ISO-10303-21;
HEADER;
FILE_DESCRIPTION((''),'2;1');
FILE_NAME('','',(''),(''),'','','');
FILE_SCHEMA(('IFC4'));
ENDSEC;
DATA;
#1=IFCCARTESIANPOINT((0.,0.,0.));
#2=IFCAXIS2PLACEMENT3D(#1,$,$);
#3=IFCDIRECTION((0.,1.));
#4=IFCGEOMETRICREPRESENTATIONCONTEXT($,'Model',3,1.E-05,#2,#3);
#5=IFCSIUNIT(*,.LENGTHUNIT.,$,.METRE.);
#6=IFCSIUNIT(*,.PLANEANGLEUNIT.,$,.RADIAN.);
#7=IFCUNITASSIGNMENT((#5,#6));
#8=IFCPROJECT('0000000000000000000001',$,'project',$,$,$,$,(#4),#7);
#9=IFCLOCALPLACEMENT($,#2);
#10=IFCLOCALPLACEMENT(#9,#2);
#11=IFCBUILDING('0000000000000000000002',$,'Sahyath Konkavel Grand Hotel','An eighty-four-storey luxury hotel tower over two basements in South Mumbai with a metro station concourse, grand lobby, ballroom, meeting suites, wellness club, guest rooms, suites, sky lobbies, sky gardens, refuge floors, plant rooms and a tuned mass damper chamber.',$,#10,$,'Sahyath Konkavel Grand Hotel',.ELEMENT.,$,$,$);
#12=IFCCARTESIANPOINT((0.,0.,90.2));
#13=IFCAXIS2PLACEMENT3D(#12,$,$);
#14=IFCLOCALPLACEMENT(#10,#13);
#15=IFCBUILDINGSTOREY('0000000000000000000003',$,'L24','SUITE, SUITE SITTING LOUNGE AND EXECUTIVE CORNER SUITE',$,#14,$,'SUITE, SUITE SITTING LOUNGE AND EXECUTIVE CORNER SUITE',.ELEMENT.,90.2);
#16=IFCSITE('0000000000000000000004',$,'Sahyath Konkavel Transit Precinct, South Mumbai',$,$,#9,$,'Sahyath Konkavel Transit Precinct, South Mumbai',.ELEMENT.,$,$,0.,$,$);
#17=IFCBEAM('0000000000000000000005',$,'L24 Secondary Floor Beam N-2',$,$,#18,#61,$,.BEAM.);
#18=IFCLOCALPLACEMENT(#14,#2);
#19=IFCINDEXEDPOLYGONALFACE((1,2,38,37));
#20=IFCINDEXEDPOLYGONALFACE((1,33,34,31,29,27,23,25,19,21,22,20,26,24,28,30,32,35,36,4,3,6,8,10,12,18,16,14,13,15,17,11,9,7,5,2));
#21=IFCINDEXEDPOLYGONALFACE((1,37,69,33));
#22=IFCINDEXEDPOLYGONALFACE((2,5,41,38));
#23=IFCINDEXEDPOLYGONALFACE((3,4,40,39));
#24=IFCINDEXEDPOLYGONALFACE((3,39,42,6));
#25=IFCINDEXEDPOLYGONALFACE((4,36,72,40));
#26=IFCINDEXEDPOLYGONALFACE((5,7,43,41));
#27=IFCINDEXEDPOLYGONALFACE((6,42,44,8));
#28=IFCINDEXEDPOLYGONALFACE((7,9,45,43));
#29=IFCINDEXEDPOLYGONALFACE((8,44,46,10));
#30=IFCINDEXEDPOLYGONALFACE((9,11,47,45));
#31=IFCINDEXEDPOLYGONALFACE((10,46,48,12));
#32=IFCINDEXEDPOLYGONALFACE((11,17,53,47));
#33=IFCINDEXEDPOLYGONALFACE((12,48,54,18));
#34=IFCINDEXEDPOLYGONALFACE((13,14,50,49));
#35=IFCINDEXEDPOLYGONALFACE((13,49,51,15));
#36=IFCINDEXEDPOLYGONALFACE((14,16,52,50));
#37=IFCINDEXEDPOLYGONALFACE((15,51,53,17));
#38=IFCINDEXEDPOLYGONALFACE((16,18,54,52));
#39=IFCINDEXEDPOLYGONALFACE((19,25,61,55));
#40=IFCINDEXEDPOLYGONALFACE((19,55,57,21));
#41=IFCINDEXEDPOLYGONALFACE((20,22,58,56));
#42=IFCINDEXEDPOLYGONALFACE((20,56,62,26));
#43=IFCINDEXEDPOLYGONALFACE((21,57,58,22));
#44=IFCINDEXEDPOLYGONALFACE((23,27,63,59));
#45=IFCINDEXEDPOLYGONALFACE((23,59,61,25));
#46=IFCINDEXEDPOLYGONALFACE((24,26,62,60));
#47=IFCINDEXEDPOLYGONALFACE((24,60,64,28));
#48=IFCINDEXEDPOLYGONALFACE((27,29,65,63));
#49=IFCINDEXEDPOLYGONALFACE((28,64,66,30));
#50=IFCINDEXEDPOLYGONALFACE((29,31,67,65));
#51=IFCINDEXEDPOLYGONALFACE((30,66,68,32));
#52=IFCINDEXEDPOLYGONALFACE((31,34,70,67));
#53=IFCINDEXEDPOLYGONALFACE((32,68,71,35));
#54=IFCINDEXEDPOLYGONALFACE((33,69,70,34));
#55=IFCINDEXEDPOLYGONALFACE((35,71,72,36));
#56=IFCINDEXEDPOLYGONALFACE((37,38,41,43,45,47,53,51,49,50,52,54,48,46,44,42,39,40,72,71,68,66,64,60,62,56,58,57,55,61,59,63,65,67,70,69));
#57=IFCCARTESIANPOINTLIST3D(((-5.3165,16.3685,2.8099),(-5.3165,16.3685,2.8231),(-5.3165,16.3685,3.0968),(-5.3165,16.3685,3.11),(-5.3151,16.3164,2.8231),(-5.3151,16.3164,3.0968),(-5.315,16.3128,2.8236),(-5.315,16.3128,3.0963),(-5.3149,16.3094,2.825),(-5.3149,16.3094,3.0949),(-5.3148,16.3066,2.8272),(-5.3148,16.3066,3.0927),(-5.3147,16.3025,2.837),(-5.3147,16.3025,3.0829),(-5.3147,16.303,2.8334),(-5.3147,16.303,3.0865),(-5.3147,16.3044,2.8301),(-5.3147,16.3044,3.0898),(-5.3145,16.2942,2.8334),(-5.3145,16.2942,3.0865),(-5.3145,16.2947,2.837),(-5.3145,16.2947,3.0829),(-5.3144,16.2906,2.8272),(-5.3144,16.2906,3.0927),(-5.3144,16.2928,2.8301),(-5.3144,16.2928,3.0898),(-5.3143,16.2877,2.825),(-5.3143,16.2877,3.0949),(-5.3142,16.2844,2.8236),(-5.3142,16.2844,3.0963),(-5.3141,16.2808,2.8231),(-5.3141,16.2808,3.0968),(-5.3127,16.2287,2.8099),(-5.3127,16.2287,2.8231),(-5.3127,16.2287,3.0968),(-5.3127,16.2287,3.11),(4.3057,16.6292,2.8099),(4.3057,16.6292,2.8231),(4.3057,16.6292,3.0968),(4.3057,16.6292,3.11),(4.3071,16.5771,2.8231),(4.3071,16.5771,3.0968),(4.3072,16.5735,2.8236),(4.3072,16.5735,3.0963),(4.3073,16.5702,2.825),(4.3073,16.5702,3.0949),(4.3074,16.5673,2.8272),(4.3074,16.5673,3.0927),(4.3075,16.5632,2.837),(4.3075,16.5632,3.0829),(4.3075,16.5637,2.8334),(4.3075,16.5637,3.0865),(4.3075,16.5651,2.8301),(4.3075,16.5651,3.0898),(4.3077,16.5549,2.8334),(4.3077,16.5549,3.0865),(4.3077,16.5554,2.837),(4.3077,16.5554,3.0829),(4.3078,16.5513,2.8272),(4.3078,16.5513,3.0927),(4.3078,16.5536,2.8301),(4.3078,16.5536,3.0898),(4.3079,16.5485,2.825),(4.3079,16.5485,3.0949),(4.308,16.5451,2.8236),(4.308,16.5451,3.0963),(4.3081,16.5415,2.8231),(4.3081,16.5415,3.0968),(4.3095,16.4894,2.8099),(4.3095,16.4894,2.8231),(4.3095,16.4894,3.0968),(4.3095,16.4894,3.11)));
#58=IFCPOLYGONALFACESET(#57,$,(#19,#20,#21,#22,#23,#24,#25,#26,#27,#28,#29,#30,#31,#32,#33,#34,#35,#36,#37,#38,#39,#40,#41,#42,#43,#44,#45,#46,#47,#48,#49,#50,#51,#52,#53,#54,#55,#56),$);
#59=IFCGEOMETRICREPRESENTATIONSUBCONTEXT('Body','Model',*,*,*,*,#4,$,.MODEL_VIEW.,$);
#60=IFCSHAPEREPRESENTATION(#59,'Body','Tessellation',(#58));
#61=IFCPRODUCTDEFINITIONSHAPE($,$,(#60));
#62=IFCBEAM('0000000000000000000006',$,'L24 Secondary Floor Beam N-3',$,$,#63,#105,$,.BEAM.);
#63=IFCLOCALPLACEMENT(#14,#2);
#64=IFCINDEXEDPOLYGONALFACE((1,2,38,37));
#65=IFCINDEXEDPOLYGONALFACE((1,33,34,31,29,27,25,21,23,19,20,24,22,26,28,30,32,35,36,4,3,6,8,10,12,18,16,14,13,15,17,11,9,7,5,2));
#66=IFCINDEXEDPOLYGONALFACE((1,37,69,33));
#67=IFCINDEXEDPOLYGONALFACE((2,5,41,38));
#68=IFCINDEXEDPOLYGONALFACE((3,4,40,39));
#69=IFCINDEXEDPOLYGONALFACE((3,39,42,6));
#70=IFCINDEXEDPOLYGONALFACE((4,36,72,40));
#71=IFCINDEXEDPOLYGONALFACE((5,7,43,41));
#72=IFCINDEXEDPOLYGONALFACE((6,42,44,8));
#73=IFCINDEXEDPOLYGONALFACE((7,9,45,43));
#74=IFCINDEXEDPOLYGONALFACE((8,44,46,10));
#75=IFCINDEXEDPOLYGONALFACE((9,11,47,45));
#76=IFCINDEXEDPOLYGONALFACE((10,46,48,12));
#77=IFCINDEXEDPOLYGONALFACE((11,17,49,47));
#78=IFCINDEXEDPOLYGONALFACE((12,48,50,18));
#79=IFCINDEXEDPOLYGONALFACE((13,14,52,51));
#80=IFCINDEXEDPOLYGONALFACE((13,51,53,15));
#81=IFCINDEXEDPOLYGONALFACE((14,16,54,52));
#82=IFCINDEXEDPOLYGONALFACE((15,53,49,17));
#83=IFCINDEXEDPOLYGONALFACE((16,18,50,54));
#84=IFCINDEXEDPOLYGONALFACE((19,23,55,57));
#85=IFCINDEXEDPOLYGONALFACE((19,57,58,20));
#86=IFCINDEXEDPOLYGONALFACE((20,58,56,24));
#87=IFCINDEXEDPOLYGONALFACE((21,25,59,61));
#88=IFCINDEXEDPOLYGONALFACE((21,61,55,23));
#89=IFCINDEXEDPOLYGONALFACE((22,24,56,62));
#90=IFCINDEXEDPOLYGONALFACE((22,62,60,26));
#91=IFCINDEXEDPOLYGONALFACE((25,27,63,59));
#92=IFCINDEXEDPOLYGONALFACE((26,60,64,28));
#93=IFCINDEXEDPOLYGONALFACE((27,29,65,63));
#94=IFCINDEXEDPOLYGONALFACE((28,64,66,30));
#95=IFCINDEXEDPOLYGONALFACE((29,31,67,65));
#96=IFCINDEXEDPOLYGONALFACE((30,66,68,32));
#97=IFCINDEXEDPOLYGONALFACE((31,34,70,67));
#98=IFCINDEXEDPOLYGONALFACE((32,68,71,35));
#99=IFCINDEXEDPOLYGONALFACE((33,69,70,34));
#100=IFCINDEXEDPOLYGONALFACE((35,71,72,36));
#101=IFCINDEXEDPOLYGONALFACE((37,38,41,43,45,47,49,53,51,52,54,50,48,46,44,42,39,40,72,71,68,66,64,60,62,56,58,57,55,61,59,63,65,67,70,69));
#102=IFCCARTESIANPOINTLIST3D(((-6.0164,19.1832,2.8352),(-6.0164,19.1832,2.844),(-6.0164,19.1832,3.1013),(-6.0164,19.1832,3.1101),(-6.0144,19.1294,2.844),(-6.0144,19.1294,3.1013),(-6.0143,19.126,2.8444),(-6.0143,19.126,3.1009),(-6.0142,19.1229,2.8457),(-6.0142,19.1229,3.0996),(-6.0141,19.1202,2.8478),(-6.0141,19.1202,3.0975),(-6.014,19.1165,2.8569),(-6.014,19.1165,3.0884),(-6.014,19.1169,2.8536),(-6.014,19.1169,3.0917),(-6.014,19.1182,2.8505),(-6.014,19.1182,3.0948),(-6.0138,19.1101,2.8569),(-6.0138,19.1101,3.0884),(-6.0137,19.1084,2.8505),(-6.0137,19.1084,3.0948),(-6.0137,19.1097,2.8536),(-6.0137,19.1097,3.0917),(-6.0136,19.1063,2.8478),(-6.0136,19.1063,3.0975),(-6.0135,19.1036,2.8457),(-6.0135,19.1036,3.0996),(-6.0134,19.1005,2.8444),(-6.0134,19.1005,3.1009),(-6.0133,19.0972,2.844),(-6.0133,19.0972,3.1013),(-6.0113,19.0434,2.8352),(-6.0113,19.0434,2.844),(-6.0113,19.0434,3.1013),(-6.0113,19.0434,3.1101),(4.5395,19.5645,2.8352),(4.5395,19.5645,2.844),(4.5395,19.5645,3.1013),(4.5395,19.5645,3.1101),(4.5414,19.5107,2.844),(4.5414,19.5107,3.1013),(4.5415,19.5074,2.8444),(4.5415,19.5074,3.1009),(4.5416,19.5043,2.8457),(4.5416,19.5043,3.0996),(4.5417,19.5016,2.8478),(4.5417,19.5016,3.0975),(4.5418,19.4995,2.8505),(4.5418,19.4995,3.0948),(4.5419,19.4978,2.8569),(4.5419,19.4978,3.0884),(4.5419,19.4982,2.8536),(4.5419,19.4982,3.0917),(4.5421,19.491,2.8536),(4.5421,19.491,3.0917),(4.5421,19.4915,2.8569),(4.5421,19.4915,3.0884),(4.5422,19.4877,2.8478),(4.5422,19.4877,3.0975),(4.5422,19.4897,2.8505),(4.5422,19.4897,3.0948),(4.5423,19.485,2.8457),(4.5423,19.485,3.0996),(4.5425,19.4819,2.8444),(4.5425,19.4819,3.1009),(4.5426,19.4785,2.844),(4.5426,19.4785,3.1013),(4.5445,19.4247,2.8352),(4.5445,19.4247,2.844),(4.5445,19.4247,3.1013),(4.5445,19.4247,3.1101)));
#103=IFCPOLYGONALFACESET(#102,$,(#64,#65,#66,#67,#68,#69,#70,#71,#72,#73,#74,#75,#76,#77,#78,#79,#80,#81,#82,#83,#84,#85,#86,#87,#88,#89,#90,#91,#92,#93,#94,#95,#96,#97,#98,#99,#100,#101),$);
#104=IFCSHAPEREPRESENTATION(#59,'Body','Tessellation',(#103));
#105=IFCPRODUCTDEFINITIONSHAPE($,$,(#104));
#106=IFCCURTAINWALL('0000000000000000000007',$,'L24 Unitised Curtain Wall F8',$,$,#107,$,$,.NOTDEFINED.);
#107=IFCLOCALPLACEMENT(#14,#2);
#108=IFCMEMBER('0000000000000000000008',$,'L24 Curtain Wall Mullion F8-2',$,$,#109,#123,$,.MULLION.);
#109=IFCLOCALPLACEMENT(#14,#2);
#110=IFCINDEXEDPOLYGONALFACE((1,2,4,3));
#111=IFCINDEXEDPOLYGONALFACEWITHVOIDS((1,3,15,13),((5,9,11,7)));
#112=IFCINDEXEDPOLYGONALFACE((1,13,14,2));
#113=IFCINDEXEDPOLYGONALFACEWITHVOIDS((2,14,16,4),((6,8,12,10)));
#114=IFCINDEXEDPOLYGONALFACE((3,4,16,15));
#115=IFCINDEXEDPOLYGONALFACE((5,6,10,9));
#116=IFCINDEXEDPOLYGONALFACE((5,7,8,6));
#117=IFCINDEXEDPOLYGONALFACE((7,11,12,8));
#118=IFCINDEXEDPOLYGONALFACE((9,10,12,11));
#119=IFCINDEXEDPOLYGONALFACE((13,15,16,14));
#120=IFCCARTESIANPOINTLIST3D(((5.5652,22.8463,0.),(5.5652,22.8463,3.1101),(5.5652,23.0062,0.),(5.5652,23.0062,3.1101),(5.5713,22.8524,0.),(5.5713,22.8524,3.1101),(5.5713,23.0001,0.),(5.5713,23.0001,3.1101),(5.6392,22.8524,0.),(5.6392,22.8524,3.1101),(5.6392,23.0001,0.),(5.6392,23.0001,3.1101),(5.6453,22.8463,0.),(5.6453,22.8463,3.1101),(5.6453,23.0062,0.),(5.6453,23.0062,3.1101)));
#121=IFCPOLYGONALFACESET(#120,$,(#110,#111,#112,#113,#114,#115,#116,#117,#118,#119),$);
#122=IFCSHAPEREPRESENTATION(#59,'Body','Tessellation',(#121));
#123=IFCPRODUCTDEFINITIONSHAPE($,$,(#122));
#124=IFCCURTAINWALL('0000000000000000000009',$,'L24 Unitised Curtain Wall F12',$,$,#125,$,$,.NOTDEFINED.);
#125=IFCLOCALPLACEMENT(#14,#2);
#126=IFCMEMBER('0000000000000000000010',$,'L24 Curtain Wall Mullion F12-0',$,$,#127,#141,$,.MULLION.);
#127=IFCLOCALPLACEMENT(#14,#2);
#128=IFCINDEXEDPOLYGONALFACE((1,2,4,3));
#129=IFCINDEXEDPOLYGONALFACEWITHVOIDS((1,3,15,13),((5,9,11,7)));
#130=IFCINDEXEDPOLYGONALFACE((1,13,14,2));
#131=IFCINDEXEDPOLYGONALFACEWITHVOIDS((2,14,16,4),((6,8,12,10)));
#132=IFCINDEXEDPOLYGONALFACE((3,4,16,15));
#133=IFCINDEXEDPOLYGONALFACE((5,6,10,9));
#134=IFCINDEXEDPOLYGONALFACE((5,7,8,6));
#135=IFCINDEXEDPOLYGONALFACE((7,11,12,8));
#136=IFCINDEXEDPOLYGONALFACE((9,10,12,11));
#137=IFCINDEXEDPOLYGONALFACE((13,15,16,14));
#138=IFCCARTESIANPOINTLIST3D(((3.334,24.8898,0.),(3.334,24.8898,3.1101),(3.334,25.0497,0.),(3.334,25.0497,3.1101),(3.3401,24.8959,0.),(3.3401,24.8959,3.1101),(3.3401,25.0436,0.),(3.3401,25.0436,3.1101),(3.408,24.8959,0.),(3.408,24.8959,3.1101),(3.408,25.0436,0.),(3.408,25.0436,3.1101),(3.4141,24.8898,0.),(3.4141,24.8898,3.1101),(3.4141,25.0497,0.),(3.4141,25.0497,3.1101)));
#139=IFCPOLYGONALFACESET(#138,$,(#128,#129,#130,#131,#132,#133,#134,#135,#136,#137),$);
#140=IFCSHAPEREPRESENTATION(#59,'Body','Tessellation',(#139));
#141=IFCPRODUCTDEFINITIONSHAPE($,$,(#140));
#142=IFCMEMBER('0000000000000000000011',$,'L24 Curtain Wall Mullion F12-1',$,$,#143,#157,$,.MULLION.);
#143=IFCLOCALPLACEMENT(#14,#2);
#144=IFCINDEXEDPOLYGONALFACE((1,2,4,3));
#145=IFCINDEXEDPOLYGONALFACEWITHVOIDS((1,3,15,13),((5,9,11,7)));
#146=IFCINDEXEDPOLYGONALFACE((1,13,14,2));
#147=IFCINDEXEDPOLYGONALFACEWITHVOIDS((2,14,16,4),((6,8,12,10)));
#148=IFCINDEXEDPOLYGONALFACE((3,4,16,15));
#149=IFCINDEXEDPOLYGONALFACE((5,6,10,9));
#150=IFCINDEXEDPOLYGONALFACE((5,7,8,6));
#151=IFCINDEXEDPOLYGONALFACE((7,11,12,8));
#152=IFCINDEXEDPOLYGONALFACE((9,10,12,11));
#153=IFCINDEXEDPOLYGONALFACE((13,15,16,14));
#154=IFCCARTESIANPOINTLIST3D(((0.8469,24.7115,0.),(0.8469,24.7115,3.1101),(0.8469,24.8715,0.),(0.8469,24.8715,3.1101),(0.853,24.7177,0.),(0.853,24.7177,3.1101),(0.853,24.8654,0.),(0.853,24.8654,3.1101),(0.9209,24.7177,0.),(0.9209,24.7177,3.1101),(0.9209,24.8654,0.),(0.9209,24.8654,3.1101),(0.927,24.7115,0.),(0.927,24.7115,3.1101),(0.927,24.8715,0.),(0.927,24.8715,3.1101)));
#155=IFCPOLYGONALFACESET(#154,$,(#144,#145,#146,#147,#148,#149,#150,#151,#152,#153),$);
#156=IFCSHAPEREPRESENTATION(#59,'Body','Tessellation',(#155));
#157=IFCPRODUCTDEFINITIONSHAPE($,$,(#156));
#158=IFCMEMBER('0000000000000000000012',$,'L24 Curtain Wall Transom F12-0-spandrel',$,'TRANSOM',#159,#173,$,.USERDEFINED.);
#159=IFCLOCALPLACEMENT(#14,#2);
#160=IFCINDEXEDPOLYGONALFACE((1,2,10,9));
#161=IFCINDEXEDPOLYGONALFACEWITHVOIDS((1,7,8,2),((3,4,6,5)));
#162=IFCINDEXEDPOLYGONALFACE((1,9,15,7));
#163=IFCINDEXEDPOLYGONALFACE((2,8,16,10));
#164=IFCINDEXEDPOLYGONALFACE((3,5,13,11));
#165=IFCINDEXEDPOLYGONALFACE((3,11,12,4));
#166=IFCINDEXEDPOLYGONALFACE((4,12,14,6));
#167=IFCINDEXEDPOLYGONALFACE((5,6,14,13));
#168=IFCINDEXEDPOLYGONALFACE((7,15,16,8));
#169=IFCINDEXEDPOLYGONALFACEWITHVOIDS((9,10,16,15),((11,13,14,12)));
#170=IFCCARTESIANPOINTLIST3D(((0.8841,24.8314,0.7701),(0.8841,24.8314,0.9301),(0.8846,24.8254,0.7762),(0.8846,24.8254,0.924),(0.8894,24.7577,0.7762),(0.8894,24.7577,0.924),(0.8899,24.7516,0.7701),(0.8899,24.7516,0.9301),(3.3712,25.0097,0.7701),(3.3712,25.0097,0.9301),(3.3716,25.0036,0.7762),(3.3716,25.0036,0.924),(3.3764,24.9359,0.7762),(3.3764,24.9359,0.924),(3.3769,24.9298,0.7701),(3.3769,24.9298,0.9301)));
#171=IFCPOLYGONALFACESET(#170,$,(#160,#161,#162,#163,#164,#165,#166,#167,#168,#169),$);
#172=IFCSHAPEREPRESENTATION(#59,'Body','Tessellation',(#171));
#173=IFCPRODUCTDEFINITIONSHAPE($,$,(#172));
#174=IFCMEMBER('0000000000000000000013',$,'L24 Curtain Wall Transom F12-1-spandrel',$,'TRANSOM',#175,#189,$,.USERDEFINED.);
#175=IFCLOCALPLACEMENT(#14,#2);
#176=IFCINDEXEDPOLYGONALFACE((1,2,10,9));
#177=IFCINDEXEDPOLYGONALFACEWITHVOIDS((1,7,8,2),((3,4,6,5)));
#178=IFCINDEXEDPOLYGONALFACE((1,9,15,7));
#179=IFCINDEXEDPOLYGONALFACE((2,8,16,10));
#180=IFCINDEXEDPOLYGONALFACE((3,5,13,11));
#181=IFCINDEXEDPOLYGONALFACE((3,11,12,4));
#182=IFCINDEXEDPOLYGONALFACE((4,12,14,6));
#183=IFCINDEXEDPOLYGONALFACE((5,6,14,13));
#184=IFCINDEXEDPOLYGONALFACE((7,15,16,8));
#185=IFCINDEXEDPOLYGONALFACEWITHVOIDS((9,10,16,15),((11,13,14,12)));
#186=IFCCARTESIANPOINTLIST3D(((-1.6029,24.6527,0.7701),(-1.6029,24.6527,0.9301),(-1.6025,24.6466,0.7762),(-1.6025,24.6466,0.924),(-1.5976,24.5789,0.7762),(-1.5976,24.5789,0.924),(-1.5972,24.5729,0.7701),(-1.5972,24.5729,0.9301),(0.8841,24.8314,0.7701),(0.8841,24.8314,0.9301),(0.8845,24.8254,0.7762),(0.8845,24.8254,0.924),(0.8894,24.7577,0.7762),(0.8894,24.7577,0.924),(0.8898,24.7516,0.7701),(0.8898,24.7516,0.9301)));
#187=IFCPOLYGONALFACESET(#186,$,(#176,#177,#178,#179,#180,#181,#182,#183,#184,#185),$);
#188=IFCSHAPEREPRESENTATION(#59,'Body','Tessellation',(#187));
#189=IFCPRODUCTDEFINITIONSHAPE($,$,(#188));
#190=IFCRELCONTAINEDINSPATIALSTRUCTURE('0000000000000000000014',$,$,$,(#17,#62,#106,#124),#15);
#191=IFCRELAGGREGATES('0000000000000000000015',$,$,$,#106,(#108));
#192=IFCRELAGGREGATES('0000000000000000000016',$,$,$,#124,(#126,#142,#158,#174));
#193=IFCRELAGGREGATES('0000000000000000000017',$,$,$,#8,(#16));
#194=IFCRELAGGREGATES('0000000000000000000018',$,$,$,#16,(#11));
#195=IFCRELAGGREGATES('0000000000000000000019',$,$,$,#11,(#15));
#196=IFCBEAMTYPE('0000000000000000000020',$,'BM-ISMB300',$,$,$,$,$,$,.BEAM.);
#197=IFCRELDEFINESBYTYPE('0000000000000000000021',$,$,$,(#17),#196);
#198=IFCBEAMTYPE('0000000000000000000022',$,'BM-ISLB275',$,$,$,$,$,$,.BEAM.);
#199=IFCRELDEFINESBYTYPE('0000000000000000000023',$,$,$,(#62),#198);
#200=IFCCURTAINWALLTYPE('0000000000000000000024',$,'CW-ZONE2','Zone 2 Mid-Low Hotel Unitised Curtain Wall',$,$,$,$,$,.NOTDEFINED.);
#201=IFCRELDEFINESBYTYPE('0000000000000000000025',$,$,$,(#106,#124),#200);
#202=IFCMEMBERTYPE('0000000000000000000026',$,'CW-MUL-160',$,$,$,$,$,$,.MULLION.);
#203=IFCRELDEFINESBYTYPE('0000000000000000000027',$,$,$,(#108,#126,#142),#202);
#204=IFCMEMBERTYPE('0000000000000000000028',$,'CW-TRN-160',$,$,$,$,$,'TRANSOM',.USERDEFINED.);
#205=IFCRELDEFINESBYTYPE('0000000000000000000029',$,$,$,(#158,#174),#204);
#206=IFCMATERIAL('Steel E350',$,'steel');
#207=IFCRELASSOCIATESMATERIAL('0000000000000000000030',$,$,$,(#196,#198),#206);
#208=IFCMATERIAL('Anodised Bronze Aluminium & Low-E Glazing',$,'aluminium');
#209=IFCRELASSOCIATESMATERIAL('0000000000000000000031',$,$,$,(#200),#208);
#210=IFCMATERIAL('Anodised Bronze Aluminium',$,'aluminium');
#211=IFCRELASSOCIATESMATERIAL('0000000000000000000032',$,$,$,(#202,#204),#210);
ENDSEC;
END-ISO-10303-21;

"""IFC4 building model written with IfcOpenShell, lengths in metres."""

from ifc_helpers import new_model, si_unit, direction, frame, origin, origin_2d, place, context, subcontext, project, spatial, hollow_rectangle, i_section, extrude, source, transform, mapped, material, material_profile, profile_set, type_object, element, aggregate, save


model = new_model("IFC4")

# Units and contexts
model_context = context("Model", 3, precision=1e-05, world=origin(), true_north=direction((0.0, 1.0)))
body_context = subcontext(model_context, "Body", "Model", "MODEL_VIEW")
ifc_project = project(units=[si_unit("LENGTHUNIT", "METRE"), si_unit("PLANEANGLEUNIT", "RADIAN")], contexts=[model_context])

# Site, building, storey
site_placement = place(None, origin())
site = spatial("IfcSite", under=ifc_project, at=site_placement, Name="Sahyath Konkavel Transit Precinct, South Mumbai", LongName="Sahyath Konkavel Transit Precinct, South Mumbai", CompositionType="ELEMENT", RefElevation=0.0)
building_placement = place(site_placement, origin())
building = spatial("IfcBuilding", under=site, at=building_placement, Name="Sahyath Konkavel Grand Hotel", Description="An eighty-four-storey luxury hotel tower over two basements in South Mumbai with a metro station concourse, grand lobby, ballroom, meeting suites, wellness club, guest rooms, suites, sky lobbies, sky gardens, refuge floors, plant rooms and a tuned mass damper chamber.", LongName="Sahyath Konkavel Grand Hotel", CompositionType="ELEMENT")
storey_placement = place(building_placement, frame((0.0, 0.0, 90.2)))
storey = spatial("IfcBuildingStorey", under=building, at=storey_placement, Name="L24", Description="SUITE, SUITE SITTING LOUNGE AND EXECUTIVE CORNER SUITE", LongName="SUITE, SUITE SITTING LOUNGE AND EXECUTIVE CORNER SUITE", CompositionType="ELEMENT", Elevation=90.2)

# Beams
ifc_material_1 = material(Name="Steel E350", Category="steel")
ifc_material_profile_1 = material_profile(ifc_material_1, i_section(OverallWidth=0.1399, OverallDepth=0.3, WebThickness=0.0078, FlangeThickness=0.0132, FilletRadius=0.0139, at=origin_2d()), Name="ISMB 300")
ifc_profile_set_1 = profile_set([ifc_material_profile_1], Name="Steel E350")
beam_type_1 = type_object("IfcBeamType", Name="BM-ISMB300", PredefinedType="BEAM", material=ifc_profile_set_1)
shared_shape_1 = source(origin(), body_context, "Body", "SweptSolid", [
    extrude(i_section(OverallWidth=0.1399, OverallDepth=0.3, WebThickness=0.0078, FlangeThickness=0.0132, FilletRadius=0.0139, at=origin_2d()), origin(), (0.0, 0.0, 1.0), 9.6257),
])
beam_1_placement = place(storey_placement, frame((4.3076, 16.5593, 2.96), z_axis=(-0.999633, -0.027088, 0.0), x_axis=(0.027088, -0.999633, 0.0)))
element("IfcBeam", 1, at=beam_1_placement, inside=storey, type_object=beam_type_1, Name="L24 Secondary Floor Beam N-2", PredefinedType="BEAM", context=body_context, shape_type="MappedRepresentation", body=[
    mapped(shared_shape_1, transform((0.0, 0.0, 0.0), scale=1.0)),
])
ifc_material_profile_2 = material_profile(ifc_material_1, i_section(OverallWidth=0.1399, OverallDepth=0.2749, WebThickness=0.0063, FlangeThickness=0.0088, FilletRadius=0.0129, at=origin_2d()), Name="ISLB 275")
ifc_profile_set_2 = profile_set([ifc_material_profile_2], Name="Steel E350")
beam_type_2 = type_object("IfcBeamType", Name="BM-ISLB275", PredefinedType="BEAM", material=ifc_profile_set_2)
shared_shape_2 = source(origin(), body_context, "Body", "SweptSolid", [
    extrude(i_section(OverallWidth=0.1399, OverallDepth=0.2749, WebThickness=0.0063, FlangeThickness=0.0088, FilletRadius=0.0129, at=origin_2d()), origin(), (0.0, 0.0, 1.0), 10.5627),
])
beam_2_placement = place(storey_placement, frame((4.542, 19.4946, 2.9727), z_axis=(-0.999348, -0.036103, 0.0), x_axis=(0.036103, -0.999348, 0.0)))
element("IfcBeam", 2, at=beam_2_placement, inside=storey, type_object=beam_type_2, Name="L24 Secondary Floor Beam N-3", PredefinedType="BEAM", context=body_context, shape_type="MappedRepresentation", body=[
    mapped(shared_shape_2, transform((0.0, 0.0, 0.0), scale=1.0)),
])

# Curtain wall, member
ifc_material_2 = material(Name="Anodised Bronze Aluminium & Low-E Glazing", Category="aluminium")
curtain_wall_type = type_object("IfcCurtainWallType", Name="CW-ZONE2", Description="Zone 2 Mid-Low Hotel Unitised Curtain Wall", PredefinedType="NOTDEFINED", material=ifc_material_2)
curtain_wall_1_placement = place(storey_placement, origin())
curtain_wall_1 = element("IfcCurtainWall", 3, at=curtain_wall_1_placement, inside=storey, type_object=curtain_wall_type, Name="L24 Unitised Curtain Wall F8", PredefinedType="NOTDEFINED")
ifc_material_3 = material(Name="Anodised Bronze Aluminium", Category="aluminium")
ifc_material_profile_3 = material_profile(ifc_material_3, hollow_rectangle(XDim=0.0801, YDim=0.1599, WallThickness=0.0061, at=origin_2d()), Name="RHS 160x80x6")
ifc_profile_set_3 = profile_set([ifc_material_profile_3], Name="Anodised Bronze Aluminium")
member_type_1 = type_object("IfcMemberType", Name="CW-MUL-160", PredefinedType="MULLION", material=ifc_profile_set_3)
shared_shape_3 = source(origin(), body_context, "Body", "SweptSolid", [
    extrude(hollow_rectangle(XDim=0.0801, YDim=0.1599, WallThickness=0.0061, at=origin_2d()), origin(), (0.0, 0.0, 1.0), 3.1101),
])
member_1_placement = place(storey_placement, frame((5.6052, 22.9263, 0.0), z_axis=(0.0, 0.0, 1.0), x_axis=(1.0, 0.0, 0.0)))
member_1 = element("IfcMember", 4, at=member_1_placement, type_object=member_type_1, Name="L24 Curtain Wall Mullion F8-2", PredefinedType="MULLION", context=body_context, shape_type="MappedRepresentation", body=[
    mapped(shared_shape_3, transform((0.0, 0.0, 0.0), scale=1.0)),
])
aggregate(curtain_wall_1, [member_1])

# Curtain wall, members
curtain_wall_2_placement = place(storey_placement, origin())
curtain_wall_2 = element("IfcCurtainWall", 5, at=curtain_wall_2_placement, inside=storey, type_object=curtain_wall_type, Name="L24 Unitised Curtain Wall F12", PredefinedType="NOTDEFINED")
member_2_placement = place(storey_placement, frame((3.374, 24.9697, 0.0), z_axis=(0.0, 0.0, 1.0), x_axis=(1.0, 0.0, 0.0)))
member_2 = element("IfcMember", 6, at=member_2_placement, type_object=member_type_1, Name="L24 Curtain Wall Mullion F12-0", PredefinedType="MULLION", context=body_context, shape_type="MappedRepresentation", body=[
    mapped(shared_shape_3, transform((0.0, 0.0, 0.0), scale=1.0)),
])
member_3_placement = place(storey_placement, frame((0.887, 24.7915, 0.0), z_axis=(0.0, 0.0, 1.0), x_axis=(1.0, 0.0, 0.0)))
member_3 = element("IfcMember", 7, at=member_3_placement, type_object=member_type_1, Name="L24 Curtain Wall Mullion F12-1", PredefinedType="MULLION", context=body_context, shape_type="MappedRepresentation", body=[
    mapped(shared_shape_3, transform((0.0, 0.0, 0.0), scale=1.0)),
])
ifc_material_profile_4 = material_profile(ifc_material_3, hollow_rectangle(XDim=0.0801, YDim=0.1599, WallThickness=0.0061, at=origin_2d()), Name="RHS 160x80x6")
ifc_profile_set_4 = profile_set([ifc_material_profile_4], Name="Anodised Bronze Aluminium")
member_type_2 = type_object("IfcMemberType", Name="CW-TRN-160", ElementType="TRANSOM", PredefinedType="USERDEFINED", material=ifc_profile_set_4)
shared_shape_4 = source(origin(), body_context, "Body", "SweptSolid", [
    extrude(hollow_rectangle(XDim=0.0801, YDim=0.1599, WallThickness=0.0061, at=origin_2d()), origin(), (0.0, 0.0, 1.0), 2.4934),
])
member_4_placement = place(storey_placement, frame((3.374, 24.9697, 0.8501), z_axis=(-0.997442, -0.071477, 0.0), x_axis=(0.071477, -0.997442, 0.0)))
member_4 = element("IfcMember", 8, at=member_4_placement, type_object=member_type_2, Name="L24 Curtain Wall Transom F12-0-spandrel", ObjectType="TRANSOM", PredefinedType="USERDEFINED", context=body_context, shape_type="MappedRepresentation", body=[
    mapped(shared_shape_4, transform((0.0, 0.0, 0.0), scale=1.0)),
])
member_5_placement = place(storey_placement, frame((0.887, 24.7915, 0.8501), z_axis=(-0.997428, -0.071671, 0.0), x_axis=(0.071671, -0.997428, 0.0)))
member_5 = element("IfcMember", 9, at=member_5_placement, type_object=member_type_2, Name="L24 Curtain Wall Transom F12-1-spandrel", ObjectType="TRANSOM", PredefinedType="USERDEFINED", context=body_context, shape_type="MappedRepresentation", body=[
    mapped(shared_shape_4, transform((0.0, 0.0, 0.0), scale=1.0)),
])
aggregate(curtain_wall_2, [member_2, member_3, member_4, member_5])

save(model, "model.ifc")
